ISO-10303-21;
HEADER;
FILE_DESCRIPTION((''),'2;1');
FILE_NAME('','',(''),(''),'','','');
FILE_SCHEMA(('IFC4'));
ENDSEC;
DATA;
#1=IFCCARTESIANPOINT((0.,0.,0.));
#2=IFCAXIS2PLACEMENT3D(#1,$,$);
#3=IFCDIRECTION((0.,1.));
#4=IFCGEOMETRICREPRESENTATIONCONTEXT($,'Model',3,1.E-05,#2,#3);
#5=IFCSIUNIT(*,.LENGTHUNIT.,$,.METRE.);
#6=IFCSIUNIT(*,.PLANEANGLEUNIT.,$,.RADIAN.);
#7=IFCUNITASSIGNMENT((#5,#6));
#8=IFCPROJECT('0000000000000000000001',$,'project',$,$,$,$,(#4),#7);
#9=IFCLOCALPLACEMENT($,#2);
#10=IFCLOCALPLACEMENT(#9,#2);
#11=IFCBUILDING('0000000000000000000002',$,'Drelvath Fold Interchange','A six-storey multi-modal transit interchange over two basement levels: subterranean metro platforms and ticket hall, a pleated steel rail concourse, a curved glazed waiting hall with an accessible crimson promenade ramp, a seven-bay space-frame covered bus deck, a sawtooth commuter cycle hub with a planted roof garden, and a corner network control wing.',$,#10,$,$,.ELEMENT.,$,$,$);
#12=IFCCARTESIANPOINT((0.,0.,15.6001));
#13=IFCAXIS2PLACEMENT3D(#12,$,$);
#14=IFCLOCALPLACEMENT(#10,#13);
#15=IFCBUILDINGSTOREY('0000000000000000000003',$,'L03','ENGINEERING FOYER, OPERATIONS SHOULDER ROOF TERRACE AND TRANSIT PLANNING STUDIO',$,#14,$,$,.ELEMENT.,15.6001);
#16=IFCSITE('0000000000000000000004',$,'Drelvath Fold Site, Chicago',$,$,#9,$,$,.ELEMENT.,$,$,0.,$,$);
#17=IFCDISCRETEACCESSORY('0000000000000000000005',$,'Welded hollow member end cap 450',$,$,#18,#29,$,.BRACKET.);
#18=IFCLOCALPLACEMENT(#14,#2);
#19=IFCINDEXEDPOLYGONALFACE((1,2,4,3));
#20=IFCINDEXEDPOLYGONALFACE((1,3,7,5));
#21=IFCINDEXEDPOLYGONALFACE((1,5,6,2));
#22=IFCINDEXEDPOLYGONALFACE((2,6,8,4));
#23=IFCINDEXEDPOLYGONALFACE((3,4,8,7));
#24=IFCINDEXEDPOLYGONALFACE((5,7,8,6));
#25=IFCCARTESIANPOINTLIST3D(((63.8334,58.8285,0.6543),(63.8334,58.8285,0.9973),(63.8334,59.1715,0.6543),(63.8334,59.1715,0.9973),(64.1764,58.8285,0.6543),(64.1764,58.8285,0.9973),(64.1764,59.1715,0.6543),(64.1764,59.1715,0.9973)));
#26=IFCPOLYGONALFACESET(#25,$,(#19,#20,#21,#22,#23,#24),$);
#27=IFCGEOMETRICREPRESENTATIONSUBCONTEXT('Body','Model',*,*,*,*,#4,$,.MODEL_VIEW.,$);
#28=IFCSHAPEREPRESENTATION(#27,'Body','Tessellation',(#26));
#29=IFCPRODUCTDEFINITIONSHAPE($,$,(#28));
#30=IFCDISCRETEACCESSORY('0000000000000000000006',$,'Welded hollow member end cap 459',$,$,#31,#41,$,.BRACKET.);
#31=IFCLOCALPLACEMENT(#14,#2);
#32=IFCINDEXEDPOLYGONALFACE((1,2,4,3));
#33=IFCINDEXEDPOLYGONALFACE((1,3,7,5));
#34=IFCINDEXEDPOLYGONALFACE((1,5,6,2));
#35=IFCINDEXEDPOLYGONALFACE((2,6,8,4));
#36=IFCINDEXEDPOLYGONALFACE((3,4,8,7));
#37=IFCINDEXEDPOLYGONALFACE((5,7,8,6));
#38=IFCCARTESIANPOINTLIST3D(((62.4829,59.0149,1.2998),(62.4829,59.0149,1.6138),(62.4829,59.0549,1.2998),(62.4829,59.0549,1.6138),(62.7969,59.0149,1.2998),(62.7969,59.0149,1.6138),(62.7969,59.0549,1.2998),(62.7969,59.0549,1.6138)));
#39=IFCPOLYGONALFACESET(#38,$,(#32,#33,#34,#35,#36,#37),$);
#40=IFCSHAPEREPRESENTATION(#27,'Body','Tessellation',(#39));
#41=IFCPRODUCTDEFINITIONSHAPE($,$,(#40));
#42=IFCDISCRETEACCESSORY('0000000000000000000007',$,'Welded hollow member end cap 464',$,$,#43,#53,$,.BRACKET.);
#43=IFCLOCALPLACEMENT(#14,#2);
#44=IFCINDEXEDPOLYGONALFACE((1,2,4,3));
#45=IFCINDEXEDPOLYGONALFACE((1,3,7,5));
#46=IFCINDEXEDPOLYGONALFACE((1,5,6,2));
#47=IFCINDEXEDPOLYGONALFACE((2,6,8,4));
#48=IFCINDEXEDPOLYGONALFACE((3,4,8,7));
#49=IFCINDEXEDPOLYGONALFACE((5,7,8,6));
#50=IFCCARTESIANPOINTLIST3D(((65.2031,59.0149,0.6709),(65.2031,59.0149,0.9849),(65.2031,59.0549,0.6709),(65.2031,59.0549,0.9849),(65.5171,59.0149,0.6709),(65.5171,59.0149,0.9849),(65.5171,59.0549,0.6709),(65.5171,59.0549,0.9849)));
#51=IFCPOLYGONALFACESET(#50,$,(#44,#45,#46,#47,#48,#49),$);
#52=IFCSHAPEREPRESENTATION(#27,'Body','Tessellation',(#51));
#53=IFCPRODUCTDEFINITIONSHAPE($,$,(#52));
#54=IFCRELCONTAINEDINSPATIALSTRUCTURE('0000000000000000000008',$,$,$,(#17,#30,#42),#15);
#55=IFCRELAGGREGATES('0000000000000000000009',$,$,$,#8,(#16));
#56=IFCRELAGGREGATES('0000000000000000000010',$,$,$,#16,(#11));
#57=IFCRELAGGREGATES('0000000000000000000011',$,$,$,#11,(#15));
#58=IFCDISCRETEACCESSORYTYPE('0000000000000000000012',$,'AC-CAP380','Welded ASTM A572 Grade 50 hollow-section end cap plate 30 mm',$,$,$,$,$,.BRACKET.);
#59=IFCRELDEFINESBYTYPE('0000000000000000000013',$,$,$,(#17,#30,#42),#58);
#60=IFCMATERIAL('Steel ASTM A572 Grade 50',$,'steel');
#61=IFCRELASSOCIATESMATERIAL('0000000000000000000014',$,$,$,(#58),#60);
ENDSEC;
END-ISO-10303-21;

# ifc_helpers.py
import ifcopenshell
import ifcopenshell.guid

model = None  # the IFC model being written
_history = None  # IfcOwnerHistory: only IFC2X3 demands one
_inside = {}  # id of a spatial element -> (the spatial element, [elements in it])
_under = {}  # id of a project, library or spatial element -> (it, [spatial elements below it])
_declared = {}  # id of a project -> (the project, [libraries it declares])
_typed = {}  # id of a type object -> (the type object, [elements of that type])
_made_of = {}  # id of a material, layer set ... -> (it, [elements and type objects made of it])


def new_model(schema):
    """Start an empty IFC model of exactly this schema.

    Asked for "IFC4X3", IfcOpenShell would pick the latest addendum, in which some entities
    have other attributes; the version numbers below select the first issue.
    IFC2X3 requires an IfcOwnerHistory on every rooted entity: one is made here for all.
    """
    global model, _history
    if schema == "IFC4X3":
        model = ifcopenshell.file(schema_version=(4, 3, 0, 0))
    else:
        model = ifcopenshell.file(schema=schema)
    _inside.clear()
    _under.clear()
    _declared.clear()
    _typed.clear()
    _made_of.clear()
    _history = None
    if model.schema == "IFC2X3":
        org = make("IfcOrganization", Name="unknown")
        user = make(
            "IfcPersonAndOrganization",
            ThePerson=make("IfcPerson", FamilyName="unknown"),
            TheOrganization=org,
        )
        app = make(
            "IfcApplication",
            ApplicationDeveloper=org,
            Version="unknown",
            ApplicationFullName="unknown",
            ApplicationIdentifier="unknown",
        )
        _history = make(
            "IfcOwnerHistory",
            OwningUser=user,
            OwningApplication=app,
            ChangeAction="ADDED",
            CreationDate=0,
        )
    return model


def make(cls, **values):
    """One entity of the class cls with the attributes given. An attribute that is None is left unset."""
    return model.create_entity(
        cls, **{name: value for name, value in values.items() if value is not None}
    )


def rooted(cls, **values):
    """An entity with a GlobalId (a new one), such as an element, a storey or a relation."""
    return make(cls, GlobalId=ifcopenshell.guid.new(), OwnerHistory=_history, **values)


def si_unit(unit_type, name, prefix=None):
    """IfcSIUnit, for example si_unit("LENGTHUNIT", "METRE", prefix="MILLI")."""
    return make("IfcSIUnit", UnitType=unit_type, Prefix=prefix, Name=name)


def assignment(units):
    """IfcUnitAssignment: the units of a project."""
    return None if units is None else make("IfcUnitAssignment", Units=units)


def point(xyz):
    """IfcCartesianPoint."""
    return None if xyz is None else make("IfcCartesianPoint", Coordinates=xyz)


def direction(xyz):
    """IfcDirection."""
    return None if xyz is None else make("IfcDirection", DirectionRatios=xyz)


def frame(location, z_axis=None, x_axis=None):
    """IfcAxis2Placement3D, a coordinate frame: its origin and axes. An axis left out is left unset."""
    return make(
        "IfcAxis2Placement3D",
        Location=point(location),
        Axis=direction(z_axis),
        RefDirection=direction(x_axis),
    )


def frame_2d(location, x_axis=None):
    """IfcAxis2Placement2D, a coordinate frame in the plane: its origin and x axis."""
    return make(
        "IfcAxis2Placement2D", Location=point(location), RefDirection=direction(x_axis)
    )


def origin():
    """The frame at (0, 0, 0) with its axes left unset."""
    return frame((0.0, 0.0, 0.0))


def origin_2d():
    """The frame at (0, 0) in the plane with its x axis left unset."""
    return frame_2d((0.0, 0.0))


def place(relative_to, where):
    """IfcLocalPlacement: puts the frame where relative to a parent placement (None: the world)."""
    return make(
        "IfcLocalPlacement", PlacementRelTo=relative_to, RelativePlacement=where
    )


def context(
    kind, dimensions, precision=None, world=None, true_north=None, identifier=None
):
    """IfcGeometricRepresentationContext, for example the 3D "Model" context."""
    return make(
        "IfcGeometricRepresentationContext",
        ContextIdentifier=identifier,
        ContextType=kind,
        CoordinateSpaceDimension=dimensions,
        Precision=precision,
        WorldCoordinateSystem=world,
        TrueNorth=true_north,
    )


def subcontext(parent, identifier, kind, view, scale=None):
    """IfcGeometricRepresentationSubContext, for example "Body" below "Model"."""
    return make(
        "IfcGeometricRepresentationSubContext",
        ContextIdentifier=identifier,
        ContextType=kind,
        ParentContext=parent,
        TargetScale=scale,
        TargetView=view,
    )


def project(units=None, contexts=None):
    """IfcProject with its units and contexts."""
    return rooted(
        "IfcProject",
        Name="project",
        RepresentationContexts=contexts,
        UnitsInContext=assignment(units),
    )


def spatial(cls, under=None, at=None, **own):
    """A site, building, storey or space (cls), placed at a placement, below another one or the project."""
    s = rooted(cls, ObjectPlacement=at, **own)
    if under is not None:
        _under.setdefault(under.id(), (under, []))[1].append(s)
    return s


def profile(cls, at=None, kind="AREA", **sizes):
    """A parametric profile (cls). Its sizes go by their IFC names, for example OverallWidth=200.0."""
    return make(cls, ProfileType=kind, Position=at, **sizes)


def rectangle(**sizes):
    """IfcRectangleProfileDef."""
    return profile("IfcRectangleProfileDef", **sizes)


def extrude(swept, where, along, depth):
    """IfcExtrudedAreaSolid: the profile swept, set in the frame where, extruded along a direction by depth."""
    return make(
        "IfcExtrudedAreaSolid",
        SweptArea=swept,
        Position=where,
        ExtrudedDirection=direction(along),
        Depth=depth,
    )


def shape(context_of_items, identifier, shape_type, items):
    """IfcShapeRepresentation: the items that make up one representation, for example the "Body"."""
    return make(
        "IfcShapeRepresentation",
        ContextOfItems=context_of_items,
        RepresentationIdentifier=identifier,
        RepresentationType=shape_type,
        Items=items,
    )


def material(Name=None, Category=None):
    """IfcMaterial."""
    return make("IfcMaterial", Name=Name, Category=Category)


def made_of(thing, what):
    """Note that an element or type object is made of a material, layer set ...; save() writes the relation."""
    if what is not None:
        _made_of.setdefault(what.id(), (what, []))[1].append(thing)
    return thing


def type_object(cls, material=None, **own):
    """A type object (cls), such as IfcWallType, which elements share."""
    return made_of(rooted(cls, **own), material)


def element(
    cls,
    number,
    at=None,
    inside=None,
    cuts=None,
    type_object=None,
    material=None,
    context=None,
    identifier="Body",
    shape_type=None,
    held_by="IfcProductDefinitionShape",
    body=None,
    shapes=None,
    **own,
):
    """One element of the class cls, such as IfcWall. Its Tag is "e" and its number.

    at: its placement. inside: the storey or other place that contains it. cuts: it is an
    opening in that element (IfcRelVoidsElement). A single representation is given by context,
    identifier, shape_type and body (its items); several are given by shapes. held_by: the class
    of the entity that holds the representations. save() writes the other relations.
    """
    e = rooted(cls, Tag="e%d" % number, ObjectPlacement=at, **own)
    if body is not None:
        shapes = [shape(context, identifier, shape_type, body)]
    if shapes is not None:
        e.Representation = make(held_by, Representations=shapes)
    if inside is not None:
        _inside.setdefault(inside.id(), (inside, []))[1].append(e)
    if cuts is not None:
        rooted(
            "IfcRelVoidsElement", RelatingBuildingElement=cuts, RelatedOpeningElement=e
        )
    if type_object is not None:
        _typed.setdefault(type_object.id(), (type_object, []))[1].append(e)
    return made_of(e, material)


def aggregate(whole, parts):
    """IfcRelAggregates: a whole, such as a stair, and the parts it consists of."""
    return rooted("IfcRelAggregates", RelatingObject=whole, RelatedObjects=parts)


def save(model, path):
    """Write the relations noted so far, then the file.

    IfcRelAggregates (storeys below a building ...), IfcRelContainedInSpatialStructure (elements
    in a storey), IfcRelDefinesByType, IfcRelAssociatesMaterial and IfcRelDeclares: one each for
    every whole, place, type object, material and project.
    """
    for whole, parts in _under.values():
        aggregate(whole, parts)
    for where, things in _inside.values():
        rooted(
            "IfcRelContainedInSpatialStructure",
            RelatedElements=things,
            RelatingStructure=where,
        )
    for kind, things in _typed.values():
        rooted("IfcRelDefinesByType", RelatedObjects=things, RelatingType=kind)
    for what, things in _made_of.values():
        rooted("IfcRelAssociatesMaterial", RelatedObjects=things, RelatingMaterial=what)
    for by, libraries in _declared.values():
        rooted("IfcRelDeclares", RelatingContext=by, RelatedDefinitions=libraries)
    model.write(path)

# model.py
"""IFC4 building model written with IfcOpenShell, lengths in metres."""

from ifc_helpers import new_model, si_unit, direction, frame, origin, origin_2d, place, context, subcontext, project, spatial, rectangle, extrude, material, type_object, element, save


model = new_model("IFC4")

# Units and contexts
model_context = context("Model", 3, precision=1e-05, world=origin(), true_north=direction((0.0, 1.0)))
body_context = subcontext(model_context, "Body", "Model", "MODEL_VIEW")
ifc_project = project(units=[si_unit("LENGTHUNIT", "METRE"), si_unit("PLANEANGLEUNIT", "RADIAN")], contexts=[model_context])

# Site, building, storey
site_placement = place(None, origin())
site = spatial("IfcSite", under=ifc_project, at=site_placement, Name="Drelvath Fold Site, Chicago", CompositionType="ELEMENT", RefElevation=0.0)
building_placement = place(site_placement, origin())
building = spatial("IfcBuilding", under=site, at=building_placement, Name="Drelvath Fold Interchange", Description="A six-storey multi-modal transit interchange over two basement levels: subterranean metro platforms and ticket hall, a pleated steel rail concourse, a curved glazed waiting hall with an accessible crimson promenade ramp, a seven-bay space-frame covered bus deck, a sawtooth commuter cycle hub with a planted roof garden, and a corner network control wing.", CompositionType="ELEMENT")
storey_placement = place(building_placement, frame((0.0, 0.0, 15.6001)))
storey = spatial("IfcBuildingStorey", under=building, at=storey_placement, Name="L03", Description="ENGINEERING FOYER, OPERATIONS SHOULDER ROOF TERRACE AND TRANSIT PLANNING STUDIO", CompositionType="ELEMENT", Elevation=15.6001)

# Discrete accessories
ifc_material_1 = material(Name="Steel ASTM A572 Grade 50", Category="steel")
discrete_accessory_type = type_object("IfcDiscreteAccessoryType", Name="AC-CAP380", Description="Welded ASTM A572 Grade 50 hollow-section end cap plate 30 mm", PredefinedType="BRACKET", material=ifc_material_1)
discrete_accessory_placement = place(storey_placement, frame((64.0049, 59.0, 0.6543), z_axis=(0.0, 0.0, 1.0), x_axis=(1.0, 0.0, 0.0)))
element("IfcDiscreteAccessory", 1, at=discrete_accessory_placement, inside=storey, type_object=discrete_accessory_type, Name="Welded hollow member end cap 450", PredefinedType="BRACKET", context=body_context, shape_type="SweptSolid", body=[
    extrude(rectangle(XDim=0.343, YDim=0.343, at=origin_2d()), origin(), (0.0, 0.0, 1.0), 0.343),
])
for number, where, z_axis, x_axis, name in (
    (2, (62.6399, 59.0349, 1.2998), (0.0, 0.0, 1.0), (1.0, 0.0, 0.0), "Welded hollow member end cap 459"),
    (3, (65.3601, 59.0349, 0.6709), (0.0, 0.0, 1.0), (1.0, 0.0, 0.0), "Welded hollow member end cap 464"),
):
    element("IfcDiscreteAccessory", number, at=place(storey_placement, frame(where, z_axis=z_axis, x_axis=x_axis)), inside=storey, type_object=discrete_accessory_type, Name=name, PredefinedType="BRACKET", context=body_context, shape_type="SweptSolid", body=[
        extrude(rectangle(XDim=0.314, YDim=0.04, at=origin_2d()), origin(), (0.0, 0.0, 1.0), 0.314),
    ])

save(model, "model.ifc")
